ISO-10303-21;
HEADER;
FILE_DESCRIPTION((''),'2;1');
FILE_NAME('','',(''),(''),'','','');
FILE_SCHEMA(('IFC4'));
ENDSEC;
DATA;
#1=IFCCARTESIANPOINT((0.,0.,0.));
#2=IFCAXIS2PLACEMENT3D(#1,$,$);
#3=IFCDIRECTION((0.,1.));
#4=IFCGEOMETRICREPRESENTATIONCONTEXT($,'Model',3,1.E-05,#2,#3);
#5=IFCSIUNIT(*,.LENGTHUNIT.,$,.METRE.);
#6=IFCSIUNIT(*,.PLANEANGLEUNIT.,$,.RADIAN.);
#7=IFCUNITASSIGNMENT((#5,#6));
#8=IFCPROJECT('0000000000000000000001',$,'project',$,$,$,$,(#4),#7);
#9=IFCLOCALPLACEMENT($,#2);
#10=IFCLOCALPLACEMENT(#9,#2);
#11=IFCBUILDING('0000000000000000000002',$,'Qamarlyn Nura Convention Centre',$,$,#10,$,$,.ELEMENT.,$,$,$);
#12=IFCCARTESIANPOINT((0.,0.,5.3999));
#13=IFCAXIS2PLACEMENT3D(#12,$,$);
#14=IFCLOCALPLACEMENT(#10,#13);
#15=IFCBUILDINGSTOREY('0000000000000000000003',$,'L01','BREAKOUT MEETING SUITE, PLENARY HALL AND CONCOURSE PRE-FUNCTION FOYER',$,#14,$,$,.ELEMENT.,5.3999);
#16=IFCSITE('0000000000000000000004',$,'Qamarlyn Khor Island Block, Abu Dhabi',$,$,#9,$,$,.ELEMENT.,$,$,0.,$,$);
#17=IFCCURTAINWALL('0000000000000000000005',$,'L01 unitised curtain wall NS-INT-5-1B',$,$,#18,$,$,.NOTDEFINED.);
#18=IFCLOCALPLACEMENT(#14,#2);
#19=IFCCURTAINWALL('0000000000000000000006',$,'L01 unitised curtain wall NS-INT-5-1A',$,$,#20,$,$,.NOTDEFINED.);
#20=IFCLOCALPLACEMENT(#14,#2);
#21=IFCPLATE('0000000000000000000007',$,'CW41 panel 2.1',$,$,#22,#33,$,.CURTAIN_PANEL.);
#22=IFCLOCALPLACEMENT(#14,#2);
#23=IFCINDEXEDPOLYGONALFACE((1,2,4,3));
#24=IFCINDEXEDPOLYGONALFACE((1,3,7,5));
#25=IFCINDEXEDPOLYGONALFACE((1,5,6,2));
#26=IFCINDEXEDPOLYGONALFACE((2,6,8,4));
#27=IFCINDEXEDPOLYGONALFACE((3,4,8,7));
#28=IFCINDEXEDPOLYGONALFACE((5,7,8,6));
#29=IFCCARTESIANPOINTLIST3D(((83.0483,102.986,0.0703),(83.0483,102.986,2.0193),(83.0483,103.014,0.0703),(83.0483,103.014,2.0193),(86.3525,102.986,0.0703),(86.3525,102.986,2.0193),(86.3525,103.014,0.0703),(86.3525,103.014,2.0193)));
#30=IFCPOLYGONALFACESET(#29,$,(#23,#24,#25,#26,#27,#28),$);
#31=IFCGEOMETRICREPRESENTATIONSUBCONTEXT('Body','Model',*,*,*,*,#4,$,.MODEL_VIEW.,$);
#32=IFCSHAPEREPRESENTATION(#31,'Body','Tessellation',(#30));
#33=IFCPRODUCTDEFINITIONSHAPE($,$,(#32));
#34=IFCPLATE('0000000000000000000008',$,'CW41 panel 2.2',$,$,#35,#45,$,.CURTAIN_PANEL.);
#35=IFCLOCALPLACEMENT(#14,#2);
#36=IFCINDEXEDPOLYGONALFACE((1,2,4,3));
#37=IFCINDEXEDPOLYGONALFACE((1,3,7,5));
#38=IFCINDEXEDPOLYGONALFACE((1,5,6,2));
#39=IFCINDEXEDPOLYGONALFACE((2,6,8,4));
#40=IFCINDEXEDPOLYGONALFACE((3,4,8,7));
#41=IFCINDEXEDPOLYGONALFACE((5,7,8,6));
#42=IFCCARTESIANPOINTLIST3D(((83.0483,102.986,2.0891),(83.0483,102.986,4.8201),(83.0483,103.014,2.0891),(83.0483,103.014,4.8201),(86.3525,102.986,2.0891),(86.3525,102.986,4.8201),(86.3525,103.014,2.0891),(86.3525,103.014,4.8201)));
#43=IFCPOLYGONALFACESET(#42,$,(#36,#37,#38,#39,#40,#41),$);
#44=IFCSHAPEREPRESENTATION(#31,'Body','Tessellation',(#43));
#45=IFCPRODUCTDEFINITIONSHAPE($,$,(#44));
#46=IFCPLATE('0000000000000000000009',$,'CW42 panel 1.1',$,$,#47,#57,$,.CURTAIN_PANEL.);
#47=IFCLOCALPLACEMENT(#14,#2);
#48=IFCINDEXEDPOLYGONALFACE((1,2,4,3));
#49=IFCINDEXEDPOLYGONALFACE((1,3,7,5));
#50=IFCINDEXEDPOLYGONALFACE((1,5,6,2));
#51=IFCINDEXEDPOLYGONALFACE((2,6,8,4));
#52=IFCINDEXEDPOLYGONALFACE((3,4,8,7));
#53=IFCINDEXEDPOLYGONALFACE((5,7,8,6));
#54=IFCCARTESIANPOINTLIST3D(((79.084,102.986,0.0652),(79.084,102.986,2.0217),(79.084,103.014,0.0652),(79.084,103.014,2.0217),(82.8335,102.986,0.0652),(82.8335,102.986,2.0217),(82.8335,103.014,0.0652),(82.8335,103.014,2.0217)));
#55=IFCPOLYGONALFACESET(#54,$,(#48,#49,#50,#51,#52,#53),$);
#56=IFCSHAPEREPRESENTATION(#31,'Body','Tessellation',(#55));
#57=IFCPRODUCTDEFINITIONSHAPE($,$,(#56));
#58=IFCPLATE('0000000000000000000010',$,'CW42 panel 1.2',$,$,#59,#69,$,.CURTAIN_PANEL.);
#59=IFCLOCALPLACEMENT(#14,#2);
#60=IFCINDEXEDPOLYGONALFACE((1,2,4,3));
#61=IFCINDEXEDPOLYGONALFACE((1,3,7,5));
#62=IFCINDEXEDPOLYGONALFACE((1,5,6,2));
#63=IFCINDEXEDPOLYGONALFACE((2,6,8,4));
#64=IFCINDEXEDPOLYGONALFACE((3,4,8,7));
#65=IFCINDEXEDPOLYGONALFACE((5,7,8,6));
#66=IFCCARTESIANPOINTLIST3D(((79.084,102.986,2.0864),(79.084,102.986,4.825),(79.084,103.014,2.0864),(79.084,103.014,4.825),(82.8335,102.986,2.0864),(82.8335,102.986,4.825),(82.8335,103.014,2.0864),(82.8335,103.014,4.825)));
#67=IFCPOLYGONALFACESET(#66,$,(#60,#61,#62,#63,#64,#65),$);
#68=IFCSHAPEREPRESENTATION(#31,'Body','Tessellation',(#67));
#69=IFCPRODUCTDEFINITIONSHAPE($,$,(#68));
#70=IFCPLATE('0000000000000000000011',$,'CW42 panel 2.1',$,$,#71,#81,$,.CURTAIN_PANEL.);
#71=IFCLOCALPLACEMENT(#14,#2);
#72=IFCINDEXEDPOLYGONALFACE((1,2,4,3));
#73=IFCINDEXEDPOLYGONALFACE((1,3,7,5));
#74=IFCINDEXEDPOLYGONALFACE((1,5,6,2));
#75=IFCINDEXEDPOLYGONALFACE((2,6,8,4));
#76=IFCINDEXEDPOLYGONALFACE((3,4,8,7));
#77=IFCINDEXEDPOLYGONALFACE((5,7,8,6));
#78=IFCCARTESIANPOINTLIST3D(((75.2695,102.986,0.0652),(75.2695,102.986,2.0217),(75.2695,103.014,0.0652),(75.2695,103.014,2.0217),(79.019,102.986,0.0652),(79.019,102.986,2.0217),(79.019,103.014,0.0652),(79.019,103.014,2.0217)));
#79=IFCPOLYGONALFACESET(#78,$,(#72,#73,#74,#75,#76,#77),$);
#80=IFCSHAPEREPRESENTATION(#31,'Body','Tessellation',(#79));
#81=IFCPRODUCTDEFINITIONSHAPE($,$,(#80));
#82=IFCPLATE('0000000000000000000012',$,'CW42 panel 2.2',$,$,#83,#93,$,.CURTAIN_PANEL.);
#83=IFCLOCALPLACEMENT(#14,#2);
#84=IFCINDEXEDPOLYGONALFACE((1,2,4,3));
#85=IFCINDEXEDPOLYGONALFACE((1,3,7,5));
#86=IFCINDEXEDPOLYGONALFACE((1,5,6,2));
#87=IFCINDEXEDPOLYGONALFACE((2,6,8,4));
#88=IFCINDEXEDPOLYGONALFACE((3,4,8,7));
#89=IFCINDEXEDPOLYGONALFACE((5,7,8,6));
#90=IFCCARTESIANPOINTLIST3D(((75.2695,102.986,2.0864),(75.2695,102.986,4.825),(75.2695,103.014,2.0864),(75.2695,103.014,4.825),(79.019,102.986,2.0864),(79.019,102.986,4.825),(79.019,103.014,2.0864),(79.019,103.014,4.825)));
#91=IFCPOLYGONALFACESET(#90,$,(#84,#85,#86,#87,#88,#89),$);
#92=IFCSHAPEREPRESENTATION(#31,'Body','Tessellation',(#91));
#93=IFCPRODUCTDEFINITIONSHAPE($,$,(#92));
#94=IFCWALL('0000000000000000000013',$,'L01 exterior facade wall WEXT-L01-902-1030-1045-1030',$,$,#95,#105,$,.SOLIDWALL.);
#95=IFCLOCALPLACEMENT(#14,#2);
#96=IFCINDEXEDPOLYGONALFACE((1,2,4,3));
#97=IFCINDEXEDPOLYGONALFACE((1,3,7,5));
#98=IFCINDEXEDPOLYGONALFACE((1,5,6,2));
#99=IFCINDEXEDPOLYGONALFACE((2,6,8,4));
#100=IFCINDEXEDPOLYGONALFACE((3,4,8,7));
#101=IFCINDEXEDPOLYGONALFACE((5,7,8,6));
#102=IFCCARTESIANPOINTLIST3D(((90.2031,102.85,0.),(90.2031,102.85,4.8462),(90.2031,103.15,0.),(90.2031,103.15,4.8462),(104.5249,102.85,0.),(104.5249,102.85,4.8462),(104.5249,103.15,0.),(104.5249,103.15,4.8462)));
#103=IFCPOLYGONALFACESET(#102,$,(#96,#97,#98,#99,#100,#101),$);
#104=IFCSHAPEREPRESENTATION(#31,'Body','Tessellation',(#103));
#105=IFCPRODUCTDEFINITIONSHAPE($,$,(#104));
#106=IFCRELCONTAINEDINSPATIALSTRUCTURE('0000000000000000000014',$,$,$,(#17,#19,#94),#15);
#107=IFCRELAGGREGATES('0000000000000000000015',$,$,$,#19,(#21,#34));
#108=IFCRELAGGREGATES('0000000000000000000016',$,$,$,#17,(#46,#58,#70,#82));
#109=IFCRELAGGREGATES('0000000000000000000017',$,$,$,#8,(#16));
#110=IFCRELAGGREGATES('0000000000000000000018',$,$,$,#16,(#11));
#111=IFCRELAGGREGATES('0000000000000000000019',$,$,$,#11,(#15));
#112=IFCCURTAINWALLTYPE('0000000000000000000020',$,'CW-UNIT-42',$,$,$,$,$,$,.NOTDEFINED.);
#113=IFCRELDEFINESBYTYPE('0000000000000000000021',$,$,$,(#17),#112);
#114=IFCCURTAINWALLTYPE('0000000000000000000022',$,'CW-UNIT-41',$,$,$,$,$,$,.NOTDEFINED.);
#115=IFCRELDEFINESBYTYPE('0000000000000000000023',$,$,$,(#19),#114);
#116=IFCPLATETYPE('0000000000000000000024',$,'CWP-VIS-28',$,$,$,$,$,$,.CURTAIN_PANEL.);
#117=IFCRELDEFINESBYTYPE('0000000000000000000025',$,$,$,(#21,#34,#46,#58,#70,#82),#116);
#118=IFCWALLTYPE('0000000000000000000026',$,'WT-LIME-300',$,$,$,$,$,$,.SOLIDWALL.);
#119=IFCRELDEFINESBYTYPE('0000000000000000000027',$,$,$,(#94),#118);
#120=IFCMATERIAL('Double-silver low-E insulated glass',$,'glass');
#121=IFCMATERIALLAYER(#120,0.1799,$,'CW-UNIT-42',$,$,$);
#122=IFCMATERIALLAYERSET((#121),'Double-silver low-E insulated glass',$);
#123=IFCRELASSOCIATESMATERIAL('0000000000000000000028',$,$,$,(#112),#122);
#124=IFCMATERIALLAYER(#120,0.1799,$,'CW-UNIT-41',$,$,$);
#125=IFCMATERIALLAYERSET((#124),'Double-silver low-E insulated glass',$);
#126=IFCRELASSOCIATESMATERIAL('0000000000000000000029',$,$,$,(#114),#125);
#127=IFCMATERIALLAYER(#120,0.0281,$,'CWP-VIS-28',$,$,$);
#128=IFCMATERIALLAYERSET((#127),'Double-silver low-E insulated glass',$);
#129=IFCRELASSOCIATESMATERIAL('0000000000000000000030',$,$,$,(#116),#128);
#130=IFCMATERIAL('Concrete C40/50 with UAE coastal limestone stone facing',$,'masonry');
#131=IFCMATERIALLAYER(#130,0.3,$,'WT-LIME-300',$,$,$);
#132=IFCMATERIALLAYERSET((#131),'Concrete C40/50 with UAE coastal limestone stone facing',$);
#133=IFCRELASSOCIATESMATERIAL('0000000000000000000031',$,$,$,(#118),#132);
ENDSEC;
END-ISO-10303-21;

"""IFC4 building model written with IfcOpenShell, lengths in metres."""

from ifc_helpers import new_model, si_unit, direction, frame, frame_2d, origin, origin_2d, place, context, subcontext, project, spatial, rectangle, extrude, material, layer, layer_set, type_object, element, aggregate, save


model = new_model("IFC4")

# Units and contexts
model_context = context("Model", 3, precision=1e-05, world=origin(), true_north=direction((0.0, 1.0)))
body_context = subcontext(model_context, "Body", "Model", "MODEL_VIEW")
ifc_project = project(units=[si_unit("LENGTHUNIT", "METRE"), si_unit("PLANEANGLEUNIT", "RADIAN")], contexts=[model_context])

# Site, building, storey
site_placement = place(None, origin())
site = spatial("IfcSite", under=ifc_project, at=site_placement, Name="Qamarlyn Khor Island Block, Abu Dhabi", CompositionType="ELEMENT", RefElevation=0.0)
building_placement = place(site_placement, origin())
building = spatial("IfcBuilding", under=site, at=building_placement, Name="Qamarlyn Nura Convention Centre", CompositionType="ELEMENT")
storey_placement = place(building_placement, frame((0.0, 0.0, 5.3999)))
storey = spatial("IfcBuildingStorey", under=building, at=storey_placement, Name="L01", Description="BREAKOUT MEETING SUITE, PLENARY HALL AND CONCOURSE PRE-FUNCTION FOYER", CompositionType="ELEMENT", Elevation=5.3999)

# Shared definitions
ifc_material_1 = material(Name="Double-silver low-E insulated glass", Category="glass")

# Curtain walls
ifc_layer_1 = layer(ifc_material_1, 0.1799, Name="CW-UNIT-42")
ifc_layer_set_1 = layer_set([ifc_layer_1], Name="Double-silver low-E insulated glass")
curtain_wall_type_1 = type_object("IfcCurtainWallType", Name="CW-UNIT-42", PredefinedType="NOTDEFINED", material=ifc_layer_set_1)
curtain_wall_1_placement = place(storey_placement, origin())
curtain_wall_1 = element("IfcCurtainWall", 1, at=curtain_wall_1_placement, inside=storey, type_object=curtain_wall_type_1, Name="L01 unitised curtain wall NS-INT-5-1B", PredefinedType="NOTDEFINED")
ifc_layer_2 = layer(ifc_material_1, 0.1799, Name="CW-UNIT-41")
ifc_layer_set_2 = layer_set([ifc_layer_2], Name="Double-silver low-E insulated glass")
curtain_wall_type_2 = type_object("IfcCurtainWallType", Name="CW-UNIT-41", PredefinedType="NOTDEFINED", material=ifc_layer_set_2)
curtain_wall_2_placement = place(storey_placement, origin())
curtain_wall_2 = element("IfcCurtainWall", 2, at=curtain_wall_2_placement, inside=storey, type_object=curtain_wall_type_2, Name="L01 unitised curtain wall NS-INT-5-1A", PredefinedType="NOTDEFINED")

# Plates
ifc_layer_3 = layer(ifc_material_1, 0.0281, Name="CWP-VIS-28")
ifc_layer_set_3 = layer_set([ifc_layer_3], Name="Double-silver low-E insulated glass")
plate_type = type_object("IfcPlateType", Name="CWP-VIS-28", PredefinedType="CURTAIN_PANEL", material=ifc_layer_set_3)
plate_1_placement = place(storey_placement, frame((84.7004, 103.0, 0.0703), z_axis=(0.0, 0.0, 1.0), x_axis=(-1.0, 0.0, 0.0)))
plate_1 = element("IfcPlate", 3, at=plate_1_placement, type_object=plate_type, Name="CW41 panel 2.1", PredefinedType="CURTAIN_PANEL", context=body_context, shape_type="SweptSolid", body=[
    extrude(rectangle(XDim=3.3042, YDim=0.0281, at=origin_2d()), origin(), (0.0, 0.0, 1.0), 1.949),
])
plate_2_placement = place(storey_placement, frame((84.7004, 103.0, 2.0891), z_axis=(0.0, 0.0, 1.0), x_axis=(-1.0, 0.0, 0.0)))
plate_2 = element("IfcPlate", 4, at=plate_2_placement, type_object=plate_type, Name="CW41 panel 2.2", PredefinedType="CURTAIN_PANEL", context=body_context, shape_type="SweptSolid", body=[
    extrude(rectangle(XDim=3.3042, YDim=0.0281, at=origin_2d()), origin(), (0.0, 0.0, 1.0), 2.731),
])
aggregate(curtain_wall_2, [plate_1, plate_2])
plate_3_placement = place(storey_placement, frame((80.9587, 103.0, 0.0652), z_axis=(0.0, 0.0, 1.0), x_axis=(-1.0, 0.0, 0.0)))
plate_3 = element("IfcPlate", 5, at=plate_3_placement, type_object=plate_type, Name="CW42 panel 1.1", PredefinedType="CURTAIN_PANEL", context=body_context, shape_type="SweptSolid", body=[
    extrude(rectangle(XDim=3.7495, YDim=0.0281, at=origin_2d()), origin(), (0.0, 0.0, 1.0), 1.9565),
])
plate_4_placement = place(storey_placement, frame((80.9587, 103.0, 2.0864), z_axis=(0.0, 0.0, 1.0), x_axis=(-1.0, 0.0, 0.0)))
plate_4 = element("IfcPlate", 6, at=plate_4_placement, type_object=plate_type, Name="CW42 panel 1.2", PredefinedType="CURTAIN_PANEL", context=body_context, shape_type="SweptSolid", body=[
    extrude(rectangle(XDim=3.7495, YDim=0.0281, at=origin_2d()), origin(), (0.0, 0.0, 1.0), 2.7385),
])
plate_5_placement = place(storey_placement, frame((77.1443, 103.0, 0.0652), z_axis=(0.0, 0.0, 1.0), x_axis=(-1.0, 0.0, 0.0)))
plate_5 = element("IfcPlate", 7, at=plate_5_placement, type_object=plate_type, Name="CW42 panel 2.1", PredefinedType="CURTAIN_PANEL", context=body_context, shape_type="SweptSolid", body=[
    extrude(rectangle(XDim=3.7495, YDim=0.0281, at=origin_2d()), origin(), (0.0, 0.0, 1.0), 1.9565),
])
plate_6_placement = place(storey_placement, frame((77.1443, 103.0, 2.0864), z_axis=(0.0, 0.0, 1.0), x_axis=(-1.0, 0.0, 0.0)))
plate_6 = element("IfcPlate", 8, at=plate_6_placement, type_object=plate_type, Name="CW42 panel 2.2", PredefinedType="CURTAIN_PANEL", context=body_context, shape_type="SweptSolid", body=[
    extrude(rectangle(XDim=3.7495, YDim=0.0281, at=origin_2d()), origin(), (0.0, 0.0, 1.0), 2.7385),
])
aggregate(curtain_wall_1, [plate_3, plate_4, plate_5, plate_6])

# Wall
ifc_material_2 = material(Name="Concrete C40/50 with UAE coastal limestone stone facing", Category="masonry")
ifc_layer_4 = layer(ifc_material_2, 0.3, Name="WT-LIME-300")
ifc_layer_set_4 = layer_set([ifc_layer_4], Name="Concrete C40/50 with UAE coastal limestone stone facing")
wall_type = type_object("IfcWallType", Name="WT-LIME-300", PredefinedType="SOLIDWALL", material=ifc_layer_set_4)
wall_placement = place(storey_placement, frame((90.2031, 103.0, 0.0), z_axis=(0.0, 0.0, 1.0), x_axis=(1.0, 0.0, 0.0)))
element("IfcWall", 9, at=wall_placement, inside=storey, type_object=wall_type, Name="L01 exterior facade wall WEXT-L01-902-1030-1045-1030", PredefinedType="SOLIDWALL", context=body_context, shape_type="SweptSolid", body=[
    extrude(rectangle(XDim=14.3218, YDim=0.3, at=frame_2d((7.1609, 0.0))), origin(), (0.0, 0.0, 1.0), 4.8462),
])

save(model, "model.ifc")
